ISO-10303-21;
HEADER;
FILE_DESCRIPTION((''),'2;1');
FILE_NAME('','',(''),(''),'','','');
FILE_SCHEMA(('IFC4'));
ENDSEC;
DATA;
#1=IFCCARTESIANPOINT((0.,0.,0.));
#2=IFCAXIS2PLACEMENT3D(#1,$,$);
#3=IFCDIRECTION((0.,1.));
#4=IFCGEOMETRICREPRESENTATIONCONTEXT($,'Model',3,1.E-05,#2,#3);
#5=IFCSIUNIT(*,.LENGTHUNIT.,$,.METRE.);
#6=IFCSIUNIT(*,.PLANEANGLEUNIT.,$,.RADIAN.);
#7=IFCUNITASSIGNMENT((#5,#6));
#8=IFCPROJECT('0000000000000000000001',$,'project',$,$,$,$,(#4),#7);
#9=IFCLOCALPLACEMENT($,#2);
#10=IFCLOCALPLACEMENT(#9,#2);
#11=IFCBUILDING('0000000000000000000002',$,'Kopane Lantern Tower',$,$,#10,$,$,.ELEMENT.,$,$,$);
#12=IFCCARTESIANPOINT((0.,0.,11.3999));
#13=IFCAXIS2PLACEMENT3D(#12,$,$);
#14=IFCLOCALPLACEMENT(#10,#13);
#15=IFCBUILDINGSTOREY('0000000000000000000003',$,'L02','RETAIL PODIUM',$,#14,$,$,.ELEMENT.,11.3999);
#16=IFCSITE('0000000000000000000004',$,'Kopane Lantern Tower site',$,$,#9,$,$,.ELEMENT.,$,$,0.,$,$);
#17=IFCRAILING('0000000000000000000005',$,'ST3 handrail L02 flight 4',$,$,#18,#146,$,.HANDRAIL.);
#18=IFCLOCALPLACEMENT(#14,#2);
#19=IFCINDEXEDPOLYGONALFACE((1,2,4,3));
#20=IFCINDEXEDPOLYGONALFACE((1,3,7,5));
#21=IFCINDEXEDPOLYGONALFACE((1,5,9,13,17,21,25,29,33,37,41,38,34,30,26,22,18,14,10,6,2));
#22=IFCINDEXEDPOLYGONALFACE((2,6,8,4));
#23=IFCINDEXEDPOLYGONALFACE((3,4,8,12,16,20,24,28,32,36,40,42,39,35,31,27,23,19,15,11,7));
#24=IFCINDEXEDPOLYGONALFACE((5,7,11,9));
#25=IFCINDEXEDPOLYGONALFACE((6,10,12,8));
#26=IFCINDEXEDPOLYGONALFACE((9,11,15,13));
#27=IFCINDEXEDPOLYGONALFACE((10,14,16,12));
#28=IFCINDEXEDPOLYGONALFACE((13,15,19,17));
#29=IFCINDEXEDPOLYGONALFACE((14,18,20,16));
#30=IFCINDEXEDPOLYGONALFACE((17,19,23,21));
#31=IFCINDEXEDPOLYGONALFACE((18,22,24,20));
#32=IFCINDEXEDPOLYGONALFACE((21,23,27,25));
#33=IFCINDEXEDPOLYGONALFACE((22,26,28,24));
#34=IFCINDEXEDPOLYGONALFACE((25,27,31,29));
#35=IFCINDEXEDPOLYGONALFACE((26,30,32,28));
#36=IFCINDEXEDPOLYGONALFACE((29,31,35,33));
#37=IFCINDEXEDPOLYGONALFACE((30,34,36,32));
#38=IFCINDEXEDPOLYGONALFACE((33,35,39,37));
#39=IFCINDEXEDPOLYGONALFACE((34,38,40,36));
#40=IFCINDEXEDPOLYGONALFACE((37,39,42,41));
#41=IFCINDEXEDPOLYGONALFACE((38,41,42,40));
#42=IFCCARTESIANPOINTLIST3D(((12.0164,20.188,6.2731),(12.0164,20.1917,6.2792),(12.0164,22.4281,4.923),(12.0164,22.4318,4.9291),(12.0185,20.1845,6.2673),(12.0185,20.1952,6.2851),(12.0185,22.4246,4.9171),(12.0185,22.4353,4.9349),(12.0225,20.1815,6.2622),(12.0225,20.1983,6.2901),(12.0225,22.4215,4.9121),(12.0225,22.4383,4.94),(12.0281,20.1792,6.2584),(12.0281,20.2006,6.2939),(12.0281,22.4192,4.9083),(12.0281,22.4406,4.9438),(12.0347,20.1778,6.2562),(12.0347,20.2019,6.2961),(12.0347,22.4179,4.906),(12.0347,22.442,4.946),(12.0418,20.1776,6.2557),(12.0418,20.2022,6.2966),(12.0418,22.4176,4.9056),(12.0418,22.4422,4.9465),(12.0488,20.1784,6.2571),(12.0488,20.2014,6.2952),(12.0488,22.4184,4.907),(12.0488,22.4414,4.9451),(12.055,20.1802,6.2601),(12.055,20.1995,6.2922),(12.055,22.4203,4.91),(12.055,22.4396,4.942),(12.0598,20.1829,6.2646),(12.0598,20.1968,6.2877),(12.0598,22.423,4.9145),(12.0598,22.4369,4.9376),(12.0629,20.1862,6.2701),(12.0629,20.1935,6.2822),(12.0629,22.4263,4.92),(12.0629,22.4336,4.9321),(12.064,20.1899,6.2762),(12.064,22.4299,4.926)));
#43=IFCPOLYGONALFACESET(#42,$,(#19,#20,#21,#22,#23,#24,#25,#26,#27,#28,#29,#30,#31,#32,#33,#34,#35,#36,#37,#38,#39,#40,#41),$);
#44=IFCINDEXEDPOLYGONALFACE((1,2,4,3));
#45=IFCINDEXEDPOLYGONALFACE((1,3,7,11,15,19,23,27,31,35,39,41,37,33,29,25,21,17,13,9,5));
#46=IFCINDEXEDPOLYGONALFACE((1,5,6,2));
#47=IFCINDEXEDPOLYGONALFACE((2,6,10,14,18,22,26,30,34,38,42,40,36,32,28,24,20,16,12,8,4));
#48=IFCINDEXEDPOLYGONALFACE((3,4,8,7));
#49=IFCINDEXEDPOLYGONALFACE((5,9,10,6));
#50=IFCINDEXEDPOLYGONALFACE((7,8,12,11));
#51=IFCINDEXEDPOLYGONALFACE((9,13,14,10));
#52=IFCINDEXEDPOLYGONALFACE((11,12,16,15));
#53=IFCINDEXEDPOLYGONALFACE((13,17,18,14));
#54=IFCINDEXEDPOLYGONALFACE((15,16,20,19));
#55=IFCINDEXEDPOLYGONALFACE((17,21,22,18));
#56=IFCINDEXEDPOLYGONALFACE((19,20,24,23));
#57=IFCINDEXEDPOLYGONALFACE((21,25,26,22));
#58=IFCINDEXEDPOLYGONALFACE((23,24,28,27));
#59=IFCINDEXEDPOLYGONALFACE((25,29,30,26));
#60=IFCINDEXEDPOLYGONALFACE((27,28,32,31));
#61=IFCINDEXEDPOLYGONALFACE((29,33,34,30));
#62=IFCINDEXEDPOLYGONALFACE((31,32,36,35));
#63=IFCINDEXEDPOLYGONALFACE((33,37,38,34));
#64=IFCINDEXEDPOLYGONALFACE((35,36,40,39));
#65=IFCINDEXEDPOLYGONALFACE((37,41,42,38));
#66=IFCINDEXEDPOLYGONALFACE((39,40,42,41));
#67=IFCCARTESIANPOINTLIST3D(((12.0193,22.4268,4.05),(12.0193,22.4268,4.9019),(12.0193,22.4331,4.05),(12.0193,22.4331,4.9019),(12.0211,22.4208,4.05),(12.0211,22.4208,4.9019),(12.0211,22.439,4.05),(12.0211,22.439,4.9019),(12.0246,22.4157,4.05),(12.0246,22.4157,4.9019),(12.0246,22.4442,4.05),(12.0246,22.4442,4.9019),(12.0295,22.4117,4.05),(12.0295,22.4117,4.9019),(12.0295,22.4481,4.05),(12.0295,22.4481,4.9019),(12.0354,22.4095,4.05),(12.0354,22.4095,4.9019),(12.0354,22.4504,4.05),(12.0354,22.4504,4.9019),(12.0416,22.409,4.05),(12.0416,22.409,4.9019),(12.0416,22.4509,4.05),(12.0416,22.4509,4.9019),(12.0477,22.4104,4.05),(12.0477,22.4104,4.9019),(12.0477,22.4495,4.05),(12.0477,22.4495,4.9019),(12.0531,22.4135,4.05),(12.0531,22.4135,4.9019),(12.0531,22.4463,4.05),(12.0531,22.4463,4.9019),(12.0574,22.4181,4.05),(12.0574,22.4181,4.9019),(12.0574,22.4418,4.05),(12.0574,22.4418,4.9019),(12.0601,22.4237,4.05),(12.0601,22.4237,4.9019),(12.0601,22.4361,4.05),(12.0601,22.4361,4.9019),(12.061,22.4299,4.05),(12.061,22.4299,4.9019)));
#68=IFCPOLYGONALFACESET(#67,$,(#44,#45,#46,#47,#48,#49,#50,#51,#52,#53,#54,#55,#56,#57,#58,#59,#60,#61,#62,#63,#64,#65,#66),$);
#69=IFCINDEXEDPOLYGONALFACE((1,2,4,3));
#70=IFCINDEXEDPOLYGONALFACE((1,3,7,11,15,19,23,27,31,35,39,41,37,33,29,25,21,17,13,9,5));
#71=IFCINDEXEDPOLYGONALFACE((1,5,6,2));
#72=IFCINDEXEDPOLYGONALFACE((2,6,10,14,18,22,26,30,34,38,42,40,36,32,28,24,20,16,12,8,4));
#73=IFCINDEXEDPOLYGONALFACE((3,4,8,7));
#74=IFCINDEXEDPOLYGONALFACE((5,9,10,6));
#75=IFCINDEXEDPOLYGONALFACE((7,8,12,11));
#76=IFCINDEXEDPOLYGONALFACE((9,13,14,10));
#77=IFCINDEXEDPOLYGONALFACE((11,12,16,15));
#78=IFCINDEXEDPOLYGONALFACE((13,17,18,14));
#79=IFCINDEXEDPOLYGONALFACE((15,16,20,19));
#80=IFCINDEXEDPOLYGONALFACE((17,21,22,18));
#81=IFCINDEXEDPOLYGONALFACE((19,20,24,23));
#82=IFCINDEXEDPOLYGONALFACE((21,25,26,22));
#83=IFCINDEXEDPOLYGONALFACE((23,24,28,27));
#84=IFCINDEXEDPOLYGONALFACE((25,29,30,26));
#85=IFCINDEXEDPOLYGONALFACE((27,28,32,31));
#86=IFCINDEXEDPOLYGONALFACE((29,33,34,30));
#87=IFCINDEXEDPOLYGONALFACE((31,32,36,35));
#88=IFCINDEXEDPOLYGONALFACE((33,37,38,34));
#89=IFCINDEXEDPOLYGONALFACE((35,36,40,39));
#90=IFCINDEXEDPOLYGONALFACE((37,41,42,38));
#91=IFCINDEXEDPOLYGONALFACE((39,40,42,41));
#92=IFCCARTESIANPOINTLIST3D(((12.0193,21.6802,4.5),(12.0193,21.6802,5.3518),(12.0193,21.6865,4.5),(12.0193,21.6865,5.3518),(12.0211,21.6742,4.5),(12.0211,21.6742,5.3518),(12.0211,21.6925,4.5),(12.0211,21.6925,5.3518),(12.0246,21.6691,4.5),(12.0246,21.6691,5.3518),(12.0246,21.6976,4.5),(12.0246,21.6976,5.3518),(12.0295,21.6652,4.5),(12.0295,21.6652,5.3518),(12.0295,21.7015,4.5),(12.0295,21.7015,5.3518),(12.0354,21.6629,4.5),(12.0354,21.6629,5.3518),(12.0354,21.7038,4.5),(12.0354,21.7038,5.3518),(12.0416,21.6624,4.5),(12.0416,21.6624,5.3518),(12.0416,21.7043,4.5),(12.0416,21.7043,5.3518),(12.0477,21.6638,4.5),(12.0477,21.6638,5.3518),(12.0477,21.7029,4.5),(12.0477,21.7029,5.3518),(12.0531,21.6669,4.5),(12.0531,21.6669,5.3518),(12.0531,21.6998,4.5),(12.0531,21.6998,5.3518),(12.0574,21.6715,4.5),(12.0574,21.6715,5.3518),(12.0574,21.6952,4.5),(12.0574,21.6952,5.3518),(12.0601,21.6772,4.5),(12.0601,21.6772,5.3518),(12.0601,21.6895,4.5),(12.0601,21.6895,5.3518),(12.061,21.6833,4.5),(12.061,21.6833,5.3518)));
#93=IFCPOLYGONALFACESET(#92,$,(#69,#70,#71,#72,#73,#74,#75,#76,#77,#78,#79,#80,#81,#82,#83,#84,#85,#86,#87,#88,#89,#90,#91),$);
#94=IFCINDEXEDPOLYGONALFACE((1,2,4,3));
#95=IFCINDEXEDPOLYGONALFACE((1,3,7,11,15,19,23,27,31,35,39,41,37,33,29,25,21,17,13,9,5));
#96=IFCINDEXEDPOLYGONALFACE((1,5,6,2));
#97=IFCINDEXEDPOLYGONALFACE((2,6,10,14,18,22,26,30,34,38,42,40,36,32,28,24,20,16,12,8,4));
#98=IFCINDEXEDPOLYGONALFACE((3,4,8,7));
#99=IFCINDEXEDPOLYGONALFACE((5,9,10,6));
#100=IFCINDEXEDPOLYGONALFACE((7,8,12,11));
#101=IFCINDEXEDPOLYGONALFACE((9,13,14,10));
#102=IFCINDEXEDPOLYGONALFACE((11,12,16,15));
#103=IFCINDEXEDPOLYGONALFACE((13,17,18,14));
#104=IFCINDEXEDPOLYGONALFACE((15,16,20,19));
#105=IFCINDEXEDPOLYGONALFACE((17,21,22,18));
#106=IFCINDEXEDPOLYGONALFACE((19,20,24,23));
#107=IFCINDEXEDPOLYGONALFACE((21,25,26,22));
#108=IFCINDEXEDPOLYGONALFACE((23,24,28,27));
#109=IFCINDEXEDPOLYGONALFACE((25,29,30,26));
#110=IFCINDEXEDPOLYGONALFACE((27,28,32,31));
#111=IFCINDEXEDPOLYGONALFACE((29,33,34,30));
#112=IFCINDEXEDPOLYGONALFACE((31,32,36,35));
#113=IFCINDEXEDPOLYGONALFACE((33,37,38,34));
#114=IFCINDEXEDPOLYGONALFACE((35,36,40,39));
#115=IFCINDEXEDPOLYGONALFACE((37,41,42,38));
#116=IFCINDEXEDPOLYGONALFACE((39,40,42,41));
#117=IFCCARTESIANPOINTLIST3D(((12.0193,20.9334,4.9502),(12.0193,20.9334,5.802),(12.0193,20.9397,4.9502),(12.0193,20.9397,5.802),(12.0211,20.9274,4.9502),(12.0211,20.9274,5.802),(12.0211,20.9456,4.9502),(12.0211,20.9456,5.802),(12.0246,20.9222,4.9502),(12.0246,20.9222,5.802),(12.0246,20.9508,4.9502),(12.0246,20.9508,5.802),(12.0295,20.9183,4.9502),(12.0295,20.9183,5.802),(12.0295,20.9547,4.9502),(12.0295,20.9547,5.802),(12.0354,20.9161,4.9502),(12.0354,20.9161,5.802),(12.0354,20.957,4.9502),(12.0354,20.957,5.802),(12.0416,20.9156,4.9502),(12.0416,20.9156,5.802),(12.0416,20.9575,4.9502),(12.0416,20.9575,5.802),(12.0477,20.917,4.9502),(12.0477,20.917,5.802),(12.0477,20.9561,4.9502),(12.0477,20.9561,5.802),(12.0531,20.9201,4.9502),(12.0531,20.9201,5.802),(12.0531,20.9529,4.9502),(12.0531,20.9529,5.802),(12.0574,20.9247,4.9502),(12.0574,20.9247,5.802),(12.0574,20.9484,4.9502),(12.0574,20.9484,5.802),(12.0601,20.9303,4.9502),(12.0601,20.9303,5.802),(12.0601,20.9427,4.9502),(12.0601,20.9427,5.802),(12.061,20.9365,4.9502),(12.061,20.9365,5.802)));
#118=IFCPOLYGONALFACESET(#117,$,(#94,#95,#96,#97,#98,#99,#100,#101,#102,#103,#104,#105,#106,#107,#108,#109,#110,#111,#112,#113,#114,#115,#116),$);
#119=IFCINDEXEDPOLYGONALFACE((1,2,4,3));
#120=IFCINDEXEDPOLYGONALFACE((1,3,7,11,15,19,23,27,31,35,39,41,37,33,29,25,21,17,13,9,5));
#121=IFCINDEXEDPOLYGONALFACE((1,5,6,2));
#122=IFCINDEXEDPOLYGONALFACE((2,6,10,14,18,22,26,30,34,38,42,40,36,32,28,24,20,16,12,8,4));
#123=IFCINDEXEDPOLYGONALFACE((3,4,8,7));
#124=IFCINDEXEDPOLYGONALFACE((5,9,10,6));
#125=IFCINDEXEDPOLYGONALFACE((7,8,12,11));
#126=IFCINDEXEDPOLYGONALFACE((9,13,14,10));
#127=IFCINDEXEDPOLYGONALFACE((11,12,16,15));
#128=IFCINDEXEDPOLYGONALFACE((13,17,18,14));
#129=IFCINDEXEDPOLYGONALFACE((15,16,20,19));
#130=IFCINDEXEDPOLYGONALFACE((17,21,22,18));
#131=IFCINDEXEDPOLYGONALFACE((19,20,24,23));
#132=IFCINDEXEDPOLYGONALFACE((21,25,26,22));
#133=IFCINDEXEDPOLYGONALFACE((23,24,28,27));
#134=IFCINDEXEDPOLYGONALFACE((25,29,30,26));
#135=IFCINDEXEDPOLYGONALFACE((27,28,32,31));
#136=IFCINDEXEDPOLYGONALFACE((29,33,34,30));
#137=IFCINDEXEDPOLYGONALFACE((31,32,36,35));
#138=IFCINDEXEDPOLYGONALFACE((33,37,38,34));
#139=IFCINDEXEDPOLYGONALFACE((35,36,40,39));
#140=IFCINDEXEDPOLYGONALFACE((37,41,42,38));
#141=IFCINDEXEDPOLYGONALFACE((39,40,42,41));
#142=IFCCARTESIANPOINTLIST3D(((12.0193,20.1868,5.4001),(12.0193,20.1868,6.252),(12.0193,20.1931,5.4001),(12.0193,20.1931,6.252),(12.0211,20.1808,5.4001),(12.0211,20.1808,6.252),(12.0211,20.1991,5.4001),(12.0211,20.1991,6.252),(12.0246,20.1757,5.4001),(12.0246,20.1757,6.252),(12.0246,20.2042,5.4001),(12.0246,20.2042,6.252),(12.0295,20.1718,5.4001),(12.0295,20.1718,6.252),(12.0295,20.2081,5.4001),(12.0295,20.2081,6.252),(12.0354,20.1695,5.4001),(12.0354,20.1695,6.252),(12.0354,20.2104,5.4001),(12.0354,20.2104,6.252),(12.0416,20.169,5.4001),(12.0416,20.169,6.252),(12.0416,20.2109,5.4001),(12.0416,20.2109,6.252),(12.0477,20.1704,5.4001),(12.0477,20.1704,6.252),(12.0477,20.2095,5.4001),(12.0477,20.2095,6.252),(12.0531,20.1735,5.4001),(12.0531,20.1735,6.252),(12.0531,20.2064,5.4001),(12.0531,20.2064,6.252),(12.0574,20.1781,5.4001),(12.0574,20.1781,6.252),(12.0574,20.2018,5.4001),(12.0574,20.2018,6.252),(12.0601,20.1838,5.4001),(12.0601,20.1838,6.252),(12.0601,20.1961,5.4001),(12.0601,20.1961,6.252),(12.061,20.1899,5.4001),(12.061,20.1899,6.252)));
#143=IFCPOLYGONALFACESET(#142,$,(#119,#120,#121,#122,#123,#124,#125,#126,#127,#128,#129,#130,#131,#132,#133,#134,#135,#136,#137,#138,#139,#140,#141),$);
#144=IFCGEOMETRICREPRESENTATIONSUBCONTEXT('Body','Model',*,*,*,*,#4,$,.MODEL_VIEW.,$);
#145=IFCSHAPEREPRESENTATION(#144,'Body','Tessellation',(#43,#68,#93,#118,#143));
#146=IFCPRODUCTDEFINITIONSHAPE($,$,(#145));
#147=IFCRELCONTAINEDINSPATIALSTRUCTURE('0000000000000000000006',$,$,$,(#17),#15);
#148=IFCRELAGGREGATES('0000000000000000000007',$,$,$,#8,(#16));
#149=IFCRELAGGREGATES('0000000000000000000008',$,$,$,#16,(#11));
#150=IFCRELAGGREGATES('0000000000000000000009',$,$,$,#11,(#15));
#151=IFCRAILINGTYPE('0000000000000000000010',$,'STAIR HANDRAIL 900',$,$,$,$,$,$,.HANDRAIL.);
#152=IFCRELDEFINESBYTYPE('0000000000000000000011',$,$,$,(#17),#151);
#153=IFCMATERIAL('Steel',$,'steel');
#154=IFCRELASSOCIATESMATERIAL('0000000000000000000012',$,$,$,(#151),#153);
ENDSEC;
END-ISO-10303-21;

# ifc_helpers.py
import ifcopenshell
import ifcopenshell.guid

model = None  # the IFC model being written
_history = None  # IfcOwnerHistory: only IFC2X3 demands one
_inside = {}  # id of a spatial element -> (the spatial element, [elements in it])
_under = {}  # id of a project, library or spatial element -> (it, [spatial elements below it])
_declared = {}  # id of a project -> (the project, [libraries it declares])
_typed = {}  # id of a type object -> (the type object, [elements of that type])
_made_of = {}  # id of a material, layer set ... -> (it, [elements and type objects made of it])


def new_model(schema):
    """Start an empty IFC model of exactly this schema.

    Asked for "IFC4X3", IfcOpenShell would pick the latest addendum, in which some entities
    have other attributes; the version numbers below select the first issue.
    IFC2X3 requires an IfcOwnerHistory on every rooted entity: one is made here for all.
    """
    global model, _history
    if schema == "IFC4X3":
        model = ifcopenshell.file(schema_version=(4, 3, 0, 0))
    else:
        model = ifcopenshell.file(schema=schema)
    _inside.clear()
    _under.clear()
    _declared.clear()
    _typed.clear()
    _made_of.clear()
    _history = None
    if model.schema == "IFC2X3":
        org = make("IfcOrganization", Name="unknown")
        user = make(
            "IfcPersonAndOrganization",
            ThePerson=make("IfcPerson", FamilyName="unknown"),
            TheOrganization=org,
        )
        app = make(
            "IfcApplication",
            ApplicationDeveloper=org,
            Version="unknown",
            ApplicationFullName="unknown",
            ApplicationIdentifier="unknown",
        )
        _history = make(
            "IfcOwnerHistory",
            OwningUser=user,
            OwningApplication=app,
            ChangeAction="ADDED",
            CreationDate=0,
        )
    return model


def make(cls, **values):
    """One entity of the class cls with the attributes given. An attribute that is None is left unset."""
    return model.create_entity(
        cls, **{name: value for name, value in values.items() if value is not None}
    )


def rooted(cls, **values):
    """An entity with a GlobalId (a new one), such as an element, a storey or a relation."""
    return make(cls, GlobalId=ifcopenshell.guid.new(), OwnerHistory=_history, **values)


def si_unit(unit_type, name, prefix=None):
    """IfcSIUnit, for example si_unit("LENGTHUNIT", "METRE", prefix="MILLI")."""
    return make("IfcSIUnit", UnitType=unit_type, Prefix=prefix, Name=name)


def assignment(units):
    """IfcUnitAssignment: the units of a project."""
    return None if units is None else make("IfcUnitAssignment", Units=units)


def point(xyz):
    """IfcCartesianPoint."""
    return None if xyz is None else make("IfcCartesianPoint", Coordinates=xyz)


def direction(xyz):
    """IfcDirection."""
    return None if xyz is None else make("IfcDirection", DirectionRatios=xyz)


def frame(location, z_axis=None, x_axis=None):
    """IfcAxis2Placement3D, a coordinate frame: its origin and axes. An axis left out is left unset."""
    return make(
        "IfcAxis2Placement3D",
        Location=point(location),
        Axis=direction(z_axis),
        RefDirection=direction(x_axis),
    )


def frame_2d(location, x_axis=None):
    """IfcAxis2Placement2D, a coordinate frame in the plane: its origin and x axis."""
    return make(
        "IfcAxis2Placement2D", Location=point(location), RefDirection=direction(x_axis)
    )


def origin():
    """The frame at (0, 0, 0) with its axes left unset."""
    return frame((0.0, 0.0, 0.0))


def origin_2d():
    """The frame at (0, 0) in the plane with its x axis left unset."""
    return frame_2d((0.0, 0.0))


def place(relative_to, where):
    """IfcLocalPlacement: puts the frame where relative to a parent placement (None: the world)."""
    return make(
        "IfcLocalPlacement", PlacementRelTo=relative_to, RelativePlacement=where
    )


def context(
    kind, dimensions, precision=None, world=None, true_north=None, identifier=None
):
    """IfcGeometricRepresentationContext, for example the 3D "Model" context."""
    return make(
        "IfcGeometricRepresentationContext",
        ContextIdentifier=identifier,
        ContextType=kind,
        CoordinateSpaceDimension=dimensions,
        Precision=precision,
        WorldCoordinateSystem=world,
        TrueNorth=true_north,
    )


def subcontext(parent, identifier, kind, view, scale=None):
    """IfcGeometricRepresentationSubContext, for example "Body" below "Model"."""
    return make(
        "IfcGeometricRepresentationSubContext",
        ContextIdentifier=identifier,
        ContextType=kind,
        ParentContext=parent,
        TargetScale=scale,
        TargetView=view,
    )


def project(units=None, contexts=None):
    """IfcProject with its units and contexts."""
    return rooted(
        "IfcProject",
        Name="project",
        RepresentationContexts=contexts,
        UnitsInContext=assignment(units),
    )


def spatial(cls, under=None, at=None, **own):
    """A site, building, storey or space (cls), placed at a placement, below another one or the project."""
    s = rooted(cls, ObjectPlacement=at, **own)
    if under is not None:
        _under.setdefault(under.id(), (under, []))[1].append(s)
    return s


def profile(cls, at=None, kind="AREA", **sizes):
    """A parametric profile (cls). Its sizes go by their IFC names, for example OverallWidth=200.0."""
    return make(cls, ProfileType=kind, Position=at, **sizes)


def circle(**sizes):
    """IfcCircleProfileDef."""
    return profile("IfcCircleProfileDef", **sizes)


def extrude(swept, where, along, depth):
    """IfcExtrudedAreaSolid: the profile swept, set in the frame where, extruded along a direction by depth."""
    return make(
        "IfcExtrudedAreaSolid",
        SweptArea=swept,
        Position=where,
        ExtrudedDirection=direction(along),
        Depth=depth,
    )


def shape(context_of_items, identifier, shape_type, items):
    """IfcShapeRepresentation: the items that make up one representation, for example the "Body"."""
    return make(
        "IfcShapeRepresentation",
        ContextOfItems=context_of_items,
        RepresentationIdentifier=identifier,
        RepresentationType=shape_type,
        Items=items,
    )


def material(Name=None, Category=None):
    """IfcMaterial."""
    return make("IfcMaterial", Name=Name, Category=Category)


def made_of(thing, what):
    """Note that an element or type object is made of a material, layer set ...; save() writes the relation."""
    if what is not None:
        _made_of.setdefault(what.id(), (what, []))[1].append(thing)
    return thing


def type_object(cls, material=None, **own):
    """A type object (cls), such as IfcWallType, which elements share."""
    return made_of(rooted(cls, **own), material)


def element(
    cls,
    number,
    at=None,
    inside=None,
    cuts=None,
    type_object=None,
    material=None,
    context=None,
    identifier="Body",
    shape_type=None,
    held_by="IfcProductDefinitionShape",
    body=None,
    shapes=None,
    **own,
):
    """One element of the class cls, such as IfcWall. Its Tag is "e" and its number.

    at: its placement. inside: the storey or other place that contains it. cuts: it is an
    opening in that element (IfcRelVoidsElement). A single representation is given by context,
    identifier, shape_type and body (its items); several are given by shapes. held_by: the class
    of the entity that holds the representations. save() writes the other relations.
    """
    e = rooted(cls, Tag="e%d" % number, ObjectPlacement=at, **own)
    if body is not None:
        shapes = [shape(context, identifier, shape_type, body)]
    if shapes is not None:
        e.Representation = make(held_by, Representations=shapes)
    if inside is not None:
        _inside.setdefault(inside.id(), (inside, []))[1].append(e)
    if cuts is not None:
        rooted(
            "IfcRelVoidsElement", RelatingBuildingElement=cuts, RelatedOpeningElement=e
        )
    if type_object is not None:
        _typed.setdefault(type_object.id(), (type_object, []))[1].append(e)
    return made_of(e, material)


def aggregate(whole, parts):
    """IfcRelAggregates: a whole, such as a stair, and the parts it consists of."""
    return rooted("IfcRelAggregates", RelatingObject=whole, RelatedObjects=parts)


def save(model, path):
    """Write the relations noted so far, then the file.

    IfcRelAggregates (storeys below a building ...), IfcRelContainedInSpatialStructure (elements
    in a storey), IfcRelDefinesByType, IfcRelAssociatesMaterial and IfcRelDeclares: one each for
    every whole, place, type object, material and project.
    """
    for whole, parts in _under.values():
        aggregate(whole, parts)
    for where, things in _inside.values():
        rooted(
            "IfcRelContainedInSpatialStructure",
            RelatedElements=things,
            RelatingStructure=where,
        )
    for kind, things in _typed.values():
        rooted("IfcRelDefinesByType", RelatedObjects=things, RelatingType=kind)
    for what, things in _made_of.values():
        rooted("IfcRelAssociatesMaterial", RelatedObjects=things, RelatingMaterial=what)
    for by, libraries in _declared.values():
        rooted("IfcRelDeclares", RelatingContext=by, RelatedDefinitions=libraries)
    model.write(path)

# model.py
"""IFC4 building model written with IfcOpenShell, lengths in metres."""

from ifc_helpers import new_model, si_unit, direction, frame, origin, origin_2d, place, context, subcontext, project, spatial, circle, extrude, material, type_object, element, save


model = new_model("IFC4")

# Units and contexts
model_context = context("Model", 3, precision=1e-05, world=origin(), true_north=direction((0.0, 1.0)))
body_context = subcontext(model_context, "Body", "Model", "MODEL_VIEW")
ifc_project = project(units=[si_unit("LENGTHUNIT", "METRE"), si_unit("PLANEANGLEUNIT", "RADIAN")], contexts=[model_context])

# Site, building, storey
site_placement = place(None, origin())
site = spatial("IfcSite", under=ifc_project, at=site_placement, Name="Kopane Lantern Tower site", CompositionType="ELEMENT", RefElevation=0.0)
building_placement = place(site_placement, origin())
building = spatial("IfcBuilding", under=site, at=building_placement, Name="Kopane Lantern Tower", CompositionType="ELEMENT")
storey_placement = place(building_placement, frame((0.0, 0.0, 11.3999)))
storey = spatial("IfcBuildingStorey", under=building, at=storey_placement, Name="L02", Description="RETAIL PODIUM", CompositionType="ELEMENT", Elevation=11.3999)

# Railing
ifc_material_1 = material(Name="Steel", Category="steel")
railing_type_1 = type_object("IfcRailingType", Name="STAIR HANDRAIL 900", PredefinedType="HANDRAIL", material=ifc_material_1)
for number, where, name in (
    (1, (12.04, 22.4299, 4.05), "ST3 handrail L02 flight 4"),
):
    element("IfcRailing", number, at=place(storey_placement, frame(where)), inside=storey, type_object=railing_type_1, Name=name, PredefinedType="HANDRAIL", context=body_context, shape_type="SweptSolid", body=[
        extrude(circle(Radius=0.0239, at=origin_2d()), frame((0.0, 0.0, 0.876), z_axis=(0.0, -0.856462, 0.516211), x_axis=(1.0, 0.0, 0.0)), (0.0, 0.0, 1.0), 2.6155),
        extrude(circle(Radius=0.021, at=origin_2d()), origin(), (0.0, 0.0, 1.0), 0.8518),
        extrude(circle(Radius=0.021, at=origin_2d()), frame((0.0, -0.7466, 0.45)), (0.0, 0.0, 1.0), 0.8518),
        extrude(circle(Radius=0.021, at=origin_2d()), frame((0.0, -1.4934, 0.9001)), (0.0, 0.0, 1.0), 0.8518),
        extrude(circle(Radius=0.021, at=origin_2d()), frame((0.0, -2.24, 1.3501)), (0.0, 0.0, 1.0), 0.8518),
    ])

save(model, "model.ifc")
